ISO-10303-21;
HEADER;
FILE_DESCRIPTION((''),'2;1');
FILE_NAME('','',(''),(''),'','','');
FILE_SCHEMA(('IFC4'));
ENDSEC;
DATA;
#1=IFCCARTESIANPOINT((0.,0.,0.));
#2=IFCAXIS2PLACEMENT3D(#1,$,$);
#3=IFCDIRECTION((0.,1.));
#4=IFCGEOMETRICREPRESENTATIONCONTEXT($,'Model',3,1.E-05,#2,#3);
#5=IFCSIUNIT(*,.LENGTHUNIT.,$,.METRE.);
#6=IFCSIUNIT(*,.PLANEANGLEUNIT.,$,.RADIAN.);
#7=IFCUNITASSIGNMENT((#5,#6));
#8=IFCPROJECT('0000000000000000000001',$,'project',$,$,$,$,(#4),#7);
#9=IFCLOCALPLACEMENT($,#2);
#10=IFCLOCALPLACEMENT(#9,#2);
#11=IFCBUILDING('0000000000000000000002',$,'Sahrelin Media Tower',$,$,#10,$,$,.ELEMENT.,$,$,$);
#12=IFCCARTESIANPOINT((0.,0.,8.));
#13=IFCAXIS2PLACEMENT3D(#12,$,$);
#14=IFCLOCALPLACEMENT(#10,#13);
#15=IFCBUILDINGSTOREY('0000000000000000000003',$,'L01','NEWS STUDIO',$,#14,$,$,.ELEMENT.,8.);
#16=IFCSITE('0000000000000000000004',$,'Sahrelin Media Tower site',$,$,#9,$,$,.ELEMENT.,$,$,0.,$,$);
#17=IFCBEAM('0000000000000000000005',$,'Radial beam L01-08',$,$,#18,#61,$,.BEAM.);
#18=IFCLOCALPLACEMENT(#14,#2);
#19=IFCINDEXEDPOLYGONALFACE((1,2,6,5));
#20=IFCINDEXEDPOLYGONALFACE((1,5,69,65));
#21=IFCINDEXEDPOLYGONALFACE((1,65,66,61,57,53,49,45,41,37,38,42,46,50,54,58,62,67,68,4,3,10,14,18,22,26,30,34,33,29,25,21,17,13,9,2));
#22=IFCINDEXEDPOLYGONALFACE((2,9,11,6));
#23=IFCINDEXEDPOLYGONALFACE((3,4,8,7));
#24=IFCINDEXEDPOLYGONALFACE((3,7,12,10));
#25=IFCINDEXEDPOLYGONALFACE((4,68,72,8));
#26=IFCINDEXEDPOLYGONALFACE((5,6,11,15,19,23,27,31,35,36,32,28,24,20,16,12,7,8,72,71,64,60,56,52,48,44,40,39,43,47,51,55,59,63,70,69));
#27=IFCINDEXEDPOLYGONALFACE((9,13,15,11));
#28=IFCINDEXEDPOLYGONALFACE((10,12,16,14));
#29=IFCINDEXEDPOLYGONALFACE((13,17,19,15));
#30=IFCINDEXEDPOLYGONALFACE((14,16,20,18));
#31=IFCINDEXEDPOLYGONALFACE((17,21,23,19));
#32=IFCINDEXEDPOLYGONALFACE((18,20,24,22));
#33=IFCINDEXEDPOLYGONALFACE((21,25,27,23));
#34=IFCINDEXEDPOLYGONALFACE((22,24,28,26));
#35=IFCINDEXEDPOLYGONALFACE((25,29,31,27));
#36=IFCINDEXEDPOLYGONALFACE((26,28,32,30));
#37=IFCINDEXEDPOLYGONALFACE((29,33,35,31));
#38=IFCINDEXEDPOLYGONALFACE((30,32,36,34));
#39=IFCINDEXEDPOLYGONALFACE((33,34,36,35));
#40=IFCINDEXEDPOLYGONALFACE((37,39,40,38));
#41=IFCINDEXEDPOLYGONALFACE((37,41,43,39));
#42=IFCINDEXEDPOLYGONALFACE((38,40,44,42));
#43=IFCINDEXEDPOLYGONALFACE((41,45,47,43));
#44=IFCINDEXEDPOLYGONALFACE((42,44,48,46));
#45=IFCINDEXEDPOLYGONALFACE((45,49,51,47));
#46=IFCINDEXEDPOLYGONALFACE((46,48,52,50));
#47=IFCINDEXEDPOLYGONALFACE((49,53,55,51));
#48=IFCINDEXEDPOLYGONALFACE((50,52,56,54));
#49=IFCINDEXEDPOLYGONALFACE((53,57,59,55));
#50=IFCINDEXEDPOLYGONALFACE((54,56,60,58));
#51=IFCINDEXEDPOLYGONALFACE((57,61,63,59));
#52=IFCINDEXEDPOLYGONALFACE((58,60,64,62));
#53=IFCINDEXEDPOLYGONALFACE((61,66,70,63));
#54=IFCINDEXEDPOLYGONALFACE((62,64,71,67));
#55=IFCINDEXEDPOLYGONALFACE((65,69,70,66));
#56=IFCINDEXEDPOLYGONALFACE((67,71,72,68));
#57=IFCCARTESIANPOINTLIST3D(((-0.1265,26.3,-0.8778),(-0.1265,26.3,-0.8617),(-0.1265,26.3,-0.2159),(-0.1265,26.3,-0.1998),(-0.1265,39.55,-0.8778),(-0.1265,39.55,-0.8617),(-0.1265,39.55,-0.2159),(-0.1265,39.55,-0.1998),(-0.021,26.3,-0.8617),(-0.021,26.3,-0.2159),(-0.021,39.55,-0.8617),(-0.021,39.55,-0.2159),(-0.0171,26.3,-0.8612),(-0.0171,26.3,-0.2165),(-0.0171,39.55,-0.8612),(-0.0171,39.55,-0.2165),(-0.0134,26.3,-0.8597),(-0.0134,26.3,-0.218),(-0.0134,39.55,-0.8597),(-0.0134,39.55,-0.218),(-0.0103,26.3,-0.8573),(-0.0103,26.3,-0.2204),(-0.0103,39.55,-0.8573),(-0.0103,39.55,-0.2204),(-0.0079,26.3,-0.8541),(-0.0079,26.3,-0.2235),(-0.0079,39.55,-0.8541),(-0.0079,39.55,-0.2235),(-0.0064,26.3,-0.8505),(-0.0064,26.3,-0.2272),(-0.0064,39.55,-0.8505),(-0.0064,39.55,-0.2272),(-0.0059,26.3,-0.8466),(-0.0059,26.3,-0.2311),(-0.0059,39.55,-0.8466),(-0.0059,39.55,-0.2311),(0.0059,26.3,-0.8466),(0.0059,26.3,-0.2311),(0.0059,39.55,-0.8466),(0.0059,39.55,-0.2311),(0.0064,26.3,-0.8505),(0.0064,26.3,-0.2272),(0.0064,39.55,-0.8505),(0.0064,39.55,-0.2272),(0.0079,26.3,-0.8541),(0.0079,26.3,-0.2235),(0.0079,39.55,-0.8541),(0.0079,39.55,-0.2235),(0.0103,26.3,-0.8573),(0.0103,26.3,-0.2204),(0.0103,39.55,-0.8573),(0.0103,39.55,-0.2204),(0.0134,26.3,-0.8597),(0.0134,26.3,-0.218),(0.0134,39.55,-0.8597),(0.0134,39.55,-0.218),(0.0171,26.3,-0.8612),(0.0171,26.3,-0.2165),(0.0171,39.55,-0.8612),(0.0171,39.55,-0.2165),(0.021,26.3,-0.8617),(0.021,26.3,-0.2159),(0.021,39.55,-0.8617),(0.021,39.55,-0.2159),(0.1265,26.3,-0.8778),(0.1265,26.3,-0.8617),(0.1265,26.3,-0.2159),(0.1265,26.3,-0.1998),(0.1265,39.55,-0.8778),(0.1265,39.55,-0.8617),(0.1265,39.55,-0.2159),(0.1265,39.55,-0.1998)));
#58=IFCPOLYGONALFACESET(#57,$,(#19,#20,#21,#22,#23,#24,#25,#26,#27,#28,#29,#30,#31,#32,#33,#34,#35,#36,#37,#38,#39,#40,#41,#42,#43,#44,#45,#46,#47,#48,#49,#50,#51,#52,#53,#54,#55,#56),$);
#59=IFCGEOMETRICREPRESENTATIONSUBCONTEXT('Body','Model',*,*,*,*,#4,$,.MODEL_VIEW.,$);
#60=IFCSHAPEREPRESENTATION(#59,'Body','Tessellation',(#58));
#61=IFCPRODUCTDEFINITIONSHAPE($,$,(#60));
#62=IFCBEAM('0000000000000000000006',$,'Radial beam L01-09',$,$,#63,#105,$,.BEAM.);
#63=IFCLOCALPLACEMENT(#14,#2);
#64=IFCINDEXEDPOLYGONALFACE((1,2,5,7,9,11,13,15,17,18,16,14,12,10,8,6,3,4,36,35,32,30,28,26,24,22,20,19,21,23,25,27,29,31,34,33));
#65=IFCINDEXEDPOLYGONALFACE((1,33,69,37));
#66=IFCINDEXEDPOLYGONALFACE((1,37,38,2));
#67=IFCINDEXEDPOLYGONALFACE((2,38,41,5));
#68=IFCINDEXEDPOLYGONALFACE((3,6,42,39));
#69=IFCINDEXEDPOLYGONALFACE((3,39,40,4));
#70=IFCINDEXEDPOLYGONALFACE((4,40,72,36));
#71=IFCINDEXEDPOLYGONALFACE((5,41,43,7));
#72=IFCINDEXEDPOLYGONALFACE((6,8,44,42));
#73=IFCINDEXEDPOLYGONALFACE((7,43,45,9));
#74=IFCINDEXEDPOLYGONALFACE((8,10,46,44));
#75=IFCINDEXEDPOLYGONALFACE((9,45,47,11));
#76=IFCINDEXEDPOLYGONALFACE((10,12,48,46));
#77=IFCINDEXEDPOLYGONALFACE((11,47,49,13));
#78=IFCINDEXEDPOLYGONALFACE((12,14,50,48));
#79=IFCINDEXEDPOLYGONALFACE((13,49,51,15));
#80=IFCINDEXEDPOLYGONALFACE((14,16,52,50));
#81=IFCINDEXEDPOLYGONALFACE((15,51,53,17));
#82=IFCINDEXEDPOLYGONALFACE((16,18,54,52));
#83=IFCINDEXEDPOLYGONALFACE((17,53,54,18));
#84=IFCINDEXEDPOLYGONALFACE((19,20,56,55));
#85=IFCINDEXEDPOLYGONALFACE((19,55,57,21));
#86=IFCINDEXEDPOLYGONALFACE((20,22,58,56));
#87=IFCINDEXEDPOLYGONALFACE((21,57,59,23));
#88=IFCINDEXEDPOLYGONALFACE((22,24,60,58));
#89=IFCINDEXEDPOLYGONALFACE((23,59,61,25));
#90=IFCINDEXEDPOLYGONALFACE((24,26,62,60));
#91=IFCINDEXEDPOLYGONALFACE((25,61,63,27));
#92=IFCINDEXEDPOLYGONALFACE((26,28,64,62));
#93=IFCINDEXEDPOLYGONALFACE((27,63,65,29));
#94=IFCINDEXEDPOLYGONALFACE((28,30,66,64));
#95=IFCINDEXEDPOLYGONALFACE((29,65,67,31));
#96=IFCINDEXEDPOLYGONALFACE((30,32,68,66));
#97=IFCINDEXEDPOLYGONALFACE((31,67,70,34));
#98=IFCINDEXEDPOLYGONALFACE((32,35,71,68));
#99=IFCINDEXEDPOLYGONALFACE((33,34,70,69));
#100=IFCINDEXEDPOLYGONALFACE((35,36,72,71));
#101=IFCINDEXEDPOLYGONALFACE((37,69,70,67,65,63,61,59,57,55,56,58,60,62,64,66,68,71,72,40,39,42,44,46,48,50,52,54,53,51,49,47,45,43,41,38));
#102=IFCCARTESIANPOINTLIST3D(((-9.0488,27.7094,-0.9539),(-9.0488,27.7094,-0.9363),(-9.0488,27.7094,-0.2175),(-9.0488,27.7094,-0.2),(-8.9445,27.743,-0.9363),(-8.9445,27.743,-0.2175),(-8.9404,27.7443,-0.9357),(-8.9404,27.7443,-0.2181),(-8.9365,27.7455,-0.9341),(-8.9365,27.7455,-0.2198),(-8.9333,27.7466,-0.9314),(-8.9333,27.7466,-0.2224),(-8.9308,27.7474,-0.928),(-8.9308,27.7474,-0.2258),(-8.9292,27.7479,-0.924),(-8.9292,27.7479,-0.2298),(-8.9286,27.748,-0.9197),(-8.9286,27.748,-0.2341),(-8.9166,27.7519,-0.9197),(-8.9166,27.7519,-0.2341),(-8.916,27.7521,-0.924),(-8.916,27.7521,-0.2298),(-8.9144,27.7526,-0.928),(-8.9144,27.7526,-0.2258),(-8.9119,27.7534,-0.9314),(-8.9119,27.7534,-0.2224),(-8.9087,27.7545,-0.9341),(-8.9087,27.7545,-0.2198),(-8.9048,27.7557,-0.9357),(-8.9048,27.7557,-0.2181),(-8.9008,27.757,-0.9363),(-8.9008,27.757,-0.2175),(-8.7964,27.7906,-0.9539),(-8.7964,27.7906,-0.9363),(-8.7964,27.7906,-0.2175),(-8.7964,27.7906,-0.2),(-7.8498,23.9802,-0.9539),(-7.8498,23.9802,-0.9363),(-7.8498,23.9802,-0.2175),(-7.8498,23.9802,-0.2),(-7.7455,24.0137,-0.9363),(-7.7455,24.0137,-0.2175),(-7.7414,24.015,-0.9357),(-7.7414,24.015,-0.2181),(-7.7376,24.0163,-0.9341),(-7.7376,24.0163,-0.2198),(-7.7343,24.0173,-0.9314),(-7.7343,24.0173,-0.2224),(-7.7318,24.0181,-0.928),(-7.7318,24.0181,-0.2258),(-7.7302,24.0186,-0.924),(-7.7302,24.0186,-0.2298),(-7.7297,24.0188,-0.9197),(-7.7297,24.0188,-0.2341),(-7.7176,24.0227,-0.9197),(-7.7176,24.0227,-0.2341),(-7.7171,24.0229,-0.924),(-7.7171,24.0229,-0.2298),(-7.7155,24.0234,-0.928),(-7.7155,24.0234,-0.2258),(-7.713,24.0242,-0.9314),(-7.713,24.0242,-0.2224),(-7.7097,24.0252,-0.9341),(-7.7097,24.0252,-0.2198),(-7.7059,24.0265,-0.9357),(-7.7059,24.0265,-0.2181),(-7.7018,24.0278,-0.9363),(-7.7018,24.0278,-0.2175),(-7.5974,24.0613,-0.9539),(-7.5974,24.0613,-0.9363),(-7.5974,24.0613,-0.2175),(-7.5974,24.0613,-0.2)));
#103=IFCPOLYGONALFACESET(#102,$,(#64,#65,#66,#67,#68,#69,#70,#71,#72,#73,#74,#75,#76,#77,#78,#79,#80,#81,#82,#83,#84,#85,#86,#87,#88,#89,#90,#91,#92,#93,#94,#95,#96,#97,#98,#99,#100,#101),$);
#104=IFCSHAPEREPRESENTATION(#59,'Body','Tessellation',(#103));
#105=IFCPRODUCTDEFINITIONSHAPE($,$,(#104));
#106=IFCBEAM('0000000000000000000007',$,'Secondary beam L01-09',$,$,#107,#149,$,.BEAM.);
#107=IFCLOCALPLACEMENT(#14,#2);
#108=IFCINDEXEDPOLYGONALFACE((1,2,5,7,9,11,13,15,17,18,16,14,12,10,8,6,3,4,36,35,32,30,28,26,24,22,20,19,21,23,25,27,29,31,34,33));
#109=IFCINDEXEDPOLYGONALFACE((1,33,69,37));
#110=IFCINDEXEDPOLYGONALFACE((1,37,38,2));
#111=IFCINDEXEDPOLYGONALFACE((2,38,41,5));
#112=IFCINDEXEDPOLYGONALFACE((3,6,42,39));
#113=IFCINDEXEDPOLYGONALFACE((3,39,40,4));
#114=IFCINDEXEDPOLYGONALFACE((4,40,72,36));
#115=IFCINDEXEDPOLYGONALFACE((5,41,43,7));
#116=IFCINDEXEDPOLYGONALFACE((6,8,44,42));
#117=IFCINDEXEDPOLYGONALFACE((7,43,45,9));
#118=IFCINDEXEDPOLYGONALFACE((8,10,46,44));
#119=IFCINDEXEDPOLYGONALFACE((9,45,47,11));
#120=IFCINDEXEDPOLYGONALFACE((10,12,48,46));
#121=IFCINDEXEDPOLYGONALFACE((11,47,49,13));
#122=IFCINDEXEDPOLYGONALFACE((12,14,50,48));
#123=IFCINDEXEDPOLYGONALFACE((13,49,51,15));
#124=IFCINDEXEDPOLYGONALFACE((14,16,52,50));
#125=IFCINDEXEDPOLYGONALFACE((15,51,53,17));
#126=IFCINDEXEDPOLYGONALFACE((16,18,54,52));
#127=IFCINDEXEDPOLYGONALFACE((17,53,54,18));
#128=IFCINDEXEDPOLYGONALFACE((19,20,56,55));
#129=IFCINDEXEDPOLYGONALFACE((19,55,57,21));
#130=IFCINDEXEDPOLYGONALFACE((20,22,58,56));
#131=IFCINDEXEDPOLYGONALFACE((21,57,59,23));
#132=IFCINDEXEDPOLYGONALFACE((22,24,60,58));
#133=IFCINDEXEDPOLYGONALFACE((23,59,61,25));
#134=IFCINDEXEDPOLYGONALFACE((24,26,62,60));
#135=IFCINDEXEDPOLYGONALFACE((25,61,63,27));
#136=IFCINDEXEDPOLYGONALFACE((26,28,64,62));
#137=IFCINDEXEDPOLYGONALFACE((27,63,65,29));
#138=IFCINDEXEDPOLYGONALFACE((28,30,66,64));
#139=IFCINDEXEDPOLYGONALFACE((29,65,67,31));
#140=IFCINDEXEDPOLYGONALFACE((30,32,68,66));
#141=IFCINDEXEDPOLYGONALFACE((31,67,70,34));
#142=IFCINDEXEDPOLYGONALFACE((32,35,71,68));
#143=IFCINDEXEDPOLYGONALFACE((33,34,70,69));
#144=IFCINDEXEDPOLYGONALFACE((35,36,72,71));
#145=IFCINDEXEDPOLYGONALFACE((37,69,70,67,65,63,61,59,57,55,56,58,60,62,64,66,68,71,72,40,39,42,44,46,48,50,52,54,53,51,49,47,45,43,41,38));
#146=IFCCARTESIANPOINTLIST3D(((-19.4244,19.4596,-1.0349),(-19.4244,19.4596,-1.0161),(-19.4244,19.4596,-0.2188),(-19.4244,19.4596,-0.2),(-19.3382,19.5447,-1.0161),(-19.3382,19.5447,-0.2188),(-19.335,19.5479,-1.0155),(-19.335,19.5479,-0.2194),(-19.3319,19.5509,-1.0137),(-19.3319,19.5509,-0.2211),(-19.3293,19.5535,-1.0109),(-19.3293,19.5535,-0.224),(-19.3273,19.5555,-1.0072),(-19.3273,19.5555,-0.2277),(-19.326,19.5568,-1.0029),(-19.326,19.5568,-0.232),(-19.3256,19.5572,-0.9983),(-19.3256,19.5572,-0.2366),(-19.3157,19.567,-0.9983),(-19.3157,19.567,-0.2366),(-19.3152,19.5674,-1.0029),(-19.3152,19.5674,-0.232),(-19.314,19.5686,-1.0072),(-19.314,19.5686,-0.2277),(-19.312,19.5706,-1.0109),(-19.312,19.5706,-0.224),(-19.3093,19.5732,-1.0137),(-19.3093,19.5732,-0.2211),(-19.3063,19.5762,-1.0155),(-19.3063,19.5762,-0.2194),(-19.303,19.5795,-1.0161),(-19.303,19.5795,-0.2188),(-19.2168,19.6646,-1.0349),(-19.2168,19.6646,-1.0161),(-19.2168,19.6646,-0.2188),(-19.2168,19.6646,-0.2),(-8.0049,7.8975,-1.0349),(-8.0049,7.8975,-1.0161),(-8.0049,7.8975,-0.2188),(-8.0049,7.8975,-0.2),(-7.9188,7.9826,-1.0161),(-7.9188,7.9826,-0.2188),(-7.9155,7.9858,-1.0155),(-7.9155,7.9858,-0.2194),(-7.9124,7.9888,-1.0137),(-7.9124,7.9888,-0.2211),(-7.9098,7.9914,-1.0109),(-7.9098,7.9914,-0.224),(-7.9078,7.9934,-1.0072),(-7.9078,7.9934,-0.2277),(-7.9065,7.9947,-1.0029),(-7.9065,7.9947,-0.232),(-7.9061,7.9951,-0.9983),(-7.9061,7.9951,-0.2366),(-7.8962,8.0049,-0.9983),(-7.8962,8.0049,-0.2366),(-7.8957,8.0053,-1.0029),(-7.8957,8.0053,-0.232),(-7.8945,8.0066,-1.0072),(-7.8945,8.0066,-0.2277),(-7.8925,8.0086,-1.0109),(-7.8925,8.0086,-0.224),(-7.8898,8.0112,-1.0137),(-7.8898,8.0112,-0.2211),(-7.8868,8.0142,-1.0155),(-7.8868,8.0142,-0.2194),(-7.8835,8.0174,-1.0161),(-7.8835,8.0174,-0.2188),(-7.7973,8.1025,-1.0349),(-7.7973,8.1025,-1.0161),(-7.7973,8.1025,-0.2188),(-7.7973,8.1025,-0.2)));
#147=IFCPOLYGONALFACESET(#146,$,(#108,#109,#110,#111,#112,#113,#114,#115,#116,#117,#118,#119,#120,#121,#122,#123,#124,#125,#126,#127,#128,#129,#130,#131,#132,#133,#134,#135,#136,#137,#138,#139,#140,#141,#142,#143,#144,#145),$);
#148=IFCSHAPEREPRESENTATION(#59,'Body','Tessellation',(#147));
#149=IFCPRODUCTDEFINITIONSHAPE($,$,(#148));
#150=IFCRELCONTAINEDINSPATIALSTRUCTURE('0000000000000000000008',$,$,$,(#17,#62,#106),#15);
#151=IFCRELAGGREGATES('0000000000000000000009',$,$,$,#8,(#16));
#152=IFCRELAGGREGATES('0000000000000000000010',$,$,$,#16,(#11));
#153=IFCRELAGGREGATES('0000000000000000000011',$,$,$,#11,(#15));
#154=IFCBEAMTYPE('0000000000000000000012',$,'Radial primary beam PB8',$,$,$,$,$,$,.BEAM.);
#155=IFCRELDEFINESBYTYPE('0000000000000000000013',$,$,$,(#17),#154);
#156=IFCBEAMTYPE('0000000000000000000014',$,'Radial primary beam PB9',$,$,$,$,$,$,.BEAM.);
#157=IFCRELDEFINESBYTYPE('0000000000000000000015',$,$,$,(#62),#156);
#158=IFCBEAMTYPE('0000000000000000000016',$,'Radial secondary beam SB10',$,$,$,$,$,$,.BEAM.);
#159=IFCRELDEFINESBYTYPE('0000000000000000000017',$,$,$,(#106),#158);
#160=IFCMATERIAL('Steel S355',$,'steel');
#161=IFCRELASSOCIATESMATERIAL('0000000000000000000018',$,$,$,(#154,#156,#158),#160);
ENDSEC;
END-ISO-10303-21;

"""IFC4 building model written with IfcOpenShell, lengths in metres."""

from ifc_helpers import new_model, si_unit, direction, frame, origin, origin_2d, place, context, subcontext, project, spatial, i_section, extrude, material, material_profile, profile_set, type_object, element, save


model = new_model("IFC4")

# Units and contexts
model_context = context("Model", 3, precision=1e-05, world=origin(), true_north=direction((0.0, 1.0)))
body_context = subcontext(model_context, "Body", "Model", "MODEL_VIEW")
ifc_project = project(units=[si_unit("LENGTHUNIT", "METRE"), si_unit("PLANEANGLEUNIT", "RADIAN")], contexts=[model_context])

# Site, building, storey
site_placement = place(None, origin())
site = spatial("IfcSite", under=ifc_project, at=site_placement, Name="Sahrelin Media Tower site", CompositionType="ELEMENT", RefElevation=0.0)
building_placement = place(site_placement, origin())
building = spatial("IfcBuilding", under=site, at=building_placement, Name="Sahrelin Media Tower", CompositionType="ELEMENT")
storey_placement = place(building_placement, frame((0.0, 0.0, 8.0)))
storey = spatial("IfcBuildingStorey", under=building, at=storey_placement, Name="L01", Description="NEWS STUDIO", CompositionType="ELEMENT", Elevation=8.0)

# Beams
ifc_material_1 = material(Name="Steel S355", Category="steel")
ifc_material_profile_1 = material_profile(ifc_material_1, i_section(OverallWidth=0.2529, OverallDepth=0.678, WebThickness=0.0117, FlangeThickness=0.0161, FilletRadius=0.0151, at=origin_2d()), Name="UB 686x254x125")
ifc_profile_set_1 = profile_set([ifc_material_profile_1], Name="Steel S355")
beam_type_1 = type_object("IfcBeamType", Name="Radial primary beam PB8", PredefinedType="BEAM", material=ifc_profile_set_1)
beam_1_placement = place(storey_placement, frame((0.0, 26.3, -0.5388), z_axis=(0.0, 1.0, 0.0), x_axis=(-1.0, 0.0, 0.0)))
element("IfcBeam", 1, at=beam_1_placement, inside=storey, type_object=beam_type_1, Name="Radial beam L01-08", PredefinedType="BEAM", context=body_context, shape_type="SweptSolid", body=[
    extrude(i_section(OverallWidth=0.2529, OverallDepth=0.678, WebThickness=0.0117, FlangeThickness=0.0161, FilletRadius=0.0151, at=origin_2d()), origin(), (0.0, 0.0, 1.0), 13.25),
])
ifc_material_profile_2 = material_profile(ifc_material_1, i_section(OverallWidth=0.2651, OverallDepth=0.7539, WebThickness=0.0127, FlangeThickness=0.0176, FilletRadius=0.0166, at=origin_2d()), Name="UB 762x267x147")
ifc_profile_set_2 = profile_set([ifc_material_profile_2], Name="Steel S355")
beam_type_2 = type_object("IfcBeamType", Name="Radial primary beam PB9", PredefinedType="BEAM", material=ifc_profile_set_2)
beam_2_placement = place(storey_placement, frame((-7.7236, 24.0208, -0.5769), z_axis=(-0.306076, 0.952007, 0.0), x_axis=(-0.952007, -0.306076, 0.0)))
element("IfcBeam", 2, at=beam_2_placement, inside=storey, type_object=beam_type_2, Name="Radial beam L01-09", PredefinedType="BEAM", context=body_context, shape_type="SweptSolid", body=[
    extrude(i_section(OverallWidth=0.2651, OverallDepth=0.7539, WebThickness=0.0127, FlangeThickness=0.0176, FilletRadius=0.0166, at=origin_2d()), origin(), (0.0, 0.0, 1.0), 3.9172),
])
ifc_material_profile_3 = material_profile(ifc_material_1, i_section(OverallWidth=0.2917, OverallDepth=0.835, WebThickness=0.0139, FlangeThickness=0.0188, FilletRadius=0.0178, at=origin_2d()), Name="UB 838x292x176")
ifc_profile_set_3 = profile_set([ifc_material_profile_3], Name="Steel S355")
beam_type_3 = type_object("IfcBeamType", Name="Radial secondary beam SB10", PredefinedType="BEAM", material=ifc_profile_set_3)
beam_3_placement = place(storey_placement, frame((-7.9011, 8.0, -0.6174), z_axis=(-0.702706, 0.71148, 0.0), x_axis=(-0.71148, -0.702706, 0.0)))
element("IfcBeam", 3, at=beam_3_placement, inside=storey, type_object=beam_type_3, Name="Secondary beam L01-09", PredefinedType="BEAM", context=body_context, shape_type="SweptSolid", body=[
    extrude(i_section(OverallWidth=0.2917, OverallDepth=0.835, WebThickness=0.0139, FlangeThickness=0.0188, FilletRadius=0.0178, at=origin_2d()), origin(), (0.0, 0.0, 1.0), 16.2507),
])

save(model, "model.ifc")
